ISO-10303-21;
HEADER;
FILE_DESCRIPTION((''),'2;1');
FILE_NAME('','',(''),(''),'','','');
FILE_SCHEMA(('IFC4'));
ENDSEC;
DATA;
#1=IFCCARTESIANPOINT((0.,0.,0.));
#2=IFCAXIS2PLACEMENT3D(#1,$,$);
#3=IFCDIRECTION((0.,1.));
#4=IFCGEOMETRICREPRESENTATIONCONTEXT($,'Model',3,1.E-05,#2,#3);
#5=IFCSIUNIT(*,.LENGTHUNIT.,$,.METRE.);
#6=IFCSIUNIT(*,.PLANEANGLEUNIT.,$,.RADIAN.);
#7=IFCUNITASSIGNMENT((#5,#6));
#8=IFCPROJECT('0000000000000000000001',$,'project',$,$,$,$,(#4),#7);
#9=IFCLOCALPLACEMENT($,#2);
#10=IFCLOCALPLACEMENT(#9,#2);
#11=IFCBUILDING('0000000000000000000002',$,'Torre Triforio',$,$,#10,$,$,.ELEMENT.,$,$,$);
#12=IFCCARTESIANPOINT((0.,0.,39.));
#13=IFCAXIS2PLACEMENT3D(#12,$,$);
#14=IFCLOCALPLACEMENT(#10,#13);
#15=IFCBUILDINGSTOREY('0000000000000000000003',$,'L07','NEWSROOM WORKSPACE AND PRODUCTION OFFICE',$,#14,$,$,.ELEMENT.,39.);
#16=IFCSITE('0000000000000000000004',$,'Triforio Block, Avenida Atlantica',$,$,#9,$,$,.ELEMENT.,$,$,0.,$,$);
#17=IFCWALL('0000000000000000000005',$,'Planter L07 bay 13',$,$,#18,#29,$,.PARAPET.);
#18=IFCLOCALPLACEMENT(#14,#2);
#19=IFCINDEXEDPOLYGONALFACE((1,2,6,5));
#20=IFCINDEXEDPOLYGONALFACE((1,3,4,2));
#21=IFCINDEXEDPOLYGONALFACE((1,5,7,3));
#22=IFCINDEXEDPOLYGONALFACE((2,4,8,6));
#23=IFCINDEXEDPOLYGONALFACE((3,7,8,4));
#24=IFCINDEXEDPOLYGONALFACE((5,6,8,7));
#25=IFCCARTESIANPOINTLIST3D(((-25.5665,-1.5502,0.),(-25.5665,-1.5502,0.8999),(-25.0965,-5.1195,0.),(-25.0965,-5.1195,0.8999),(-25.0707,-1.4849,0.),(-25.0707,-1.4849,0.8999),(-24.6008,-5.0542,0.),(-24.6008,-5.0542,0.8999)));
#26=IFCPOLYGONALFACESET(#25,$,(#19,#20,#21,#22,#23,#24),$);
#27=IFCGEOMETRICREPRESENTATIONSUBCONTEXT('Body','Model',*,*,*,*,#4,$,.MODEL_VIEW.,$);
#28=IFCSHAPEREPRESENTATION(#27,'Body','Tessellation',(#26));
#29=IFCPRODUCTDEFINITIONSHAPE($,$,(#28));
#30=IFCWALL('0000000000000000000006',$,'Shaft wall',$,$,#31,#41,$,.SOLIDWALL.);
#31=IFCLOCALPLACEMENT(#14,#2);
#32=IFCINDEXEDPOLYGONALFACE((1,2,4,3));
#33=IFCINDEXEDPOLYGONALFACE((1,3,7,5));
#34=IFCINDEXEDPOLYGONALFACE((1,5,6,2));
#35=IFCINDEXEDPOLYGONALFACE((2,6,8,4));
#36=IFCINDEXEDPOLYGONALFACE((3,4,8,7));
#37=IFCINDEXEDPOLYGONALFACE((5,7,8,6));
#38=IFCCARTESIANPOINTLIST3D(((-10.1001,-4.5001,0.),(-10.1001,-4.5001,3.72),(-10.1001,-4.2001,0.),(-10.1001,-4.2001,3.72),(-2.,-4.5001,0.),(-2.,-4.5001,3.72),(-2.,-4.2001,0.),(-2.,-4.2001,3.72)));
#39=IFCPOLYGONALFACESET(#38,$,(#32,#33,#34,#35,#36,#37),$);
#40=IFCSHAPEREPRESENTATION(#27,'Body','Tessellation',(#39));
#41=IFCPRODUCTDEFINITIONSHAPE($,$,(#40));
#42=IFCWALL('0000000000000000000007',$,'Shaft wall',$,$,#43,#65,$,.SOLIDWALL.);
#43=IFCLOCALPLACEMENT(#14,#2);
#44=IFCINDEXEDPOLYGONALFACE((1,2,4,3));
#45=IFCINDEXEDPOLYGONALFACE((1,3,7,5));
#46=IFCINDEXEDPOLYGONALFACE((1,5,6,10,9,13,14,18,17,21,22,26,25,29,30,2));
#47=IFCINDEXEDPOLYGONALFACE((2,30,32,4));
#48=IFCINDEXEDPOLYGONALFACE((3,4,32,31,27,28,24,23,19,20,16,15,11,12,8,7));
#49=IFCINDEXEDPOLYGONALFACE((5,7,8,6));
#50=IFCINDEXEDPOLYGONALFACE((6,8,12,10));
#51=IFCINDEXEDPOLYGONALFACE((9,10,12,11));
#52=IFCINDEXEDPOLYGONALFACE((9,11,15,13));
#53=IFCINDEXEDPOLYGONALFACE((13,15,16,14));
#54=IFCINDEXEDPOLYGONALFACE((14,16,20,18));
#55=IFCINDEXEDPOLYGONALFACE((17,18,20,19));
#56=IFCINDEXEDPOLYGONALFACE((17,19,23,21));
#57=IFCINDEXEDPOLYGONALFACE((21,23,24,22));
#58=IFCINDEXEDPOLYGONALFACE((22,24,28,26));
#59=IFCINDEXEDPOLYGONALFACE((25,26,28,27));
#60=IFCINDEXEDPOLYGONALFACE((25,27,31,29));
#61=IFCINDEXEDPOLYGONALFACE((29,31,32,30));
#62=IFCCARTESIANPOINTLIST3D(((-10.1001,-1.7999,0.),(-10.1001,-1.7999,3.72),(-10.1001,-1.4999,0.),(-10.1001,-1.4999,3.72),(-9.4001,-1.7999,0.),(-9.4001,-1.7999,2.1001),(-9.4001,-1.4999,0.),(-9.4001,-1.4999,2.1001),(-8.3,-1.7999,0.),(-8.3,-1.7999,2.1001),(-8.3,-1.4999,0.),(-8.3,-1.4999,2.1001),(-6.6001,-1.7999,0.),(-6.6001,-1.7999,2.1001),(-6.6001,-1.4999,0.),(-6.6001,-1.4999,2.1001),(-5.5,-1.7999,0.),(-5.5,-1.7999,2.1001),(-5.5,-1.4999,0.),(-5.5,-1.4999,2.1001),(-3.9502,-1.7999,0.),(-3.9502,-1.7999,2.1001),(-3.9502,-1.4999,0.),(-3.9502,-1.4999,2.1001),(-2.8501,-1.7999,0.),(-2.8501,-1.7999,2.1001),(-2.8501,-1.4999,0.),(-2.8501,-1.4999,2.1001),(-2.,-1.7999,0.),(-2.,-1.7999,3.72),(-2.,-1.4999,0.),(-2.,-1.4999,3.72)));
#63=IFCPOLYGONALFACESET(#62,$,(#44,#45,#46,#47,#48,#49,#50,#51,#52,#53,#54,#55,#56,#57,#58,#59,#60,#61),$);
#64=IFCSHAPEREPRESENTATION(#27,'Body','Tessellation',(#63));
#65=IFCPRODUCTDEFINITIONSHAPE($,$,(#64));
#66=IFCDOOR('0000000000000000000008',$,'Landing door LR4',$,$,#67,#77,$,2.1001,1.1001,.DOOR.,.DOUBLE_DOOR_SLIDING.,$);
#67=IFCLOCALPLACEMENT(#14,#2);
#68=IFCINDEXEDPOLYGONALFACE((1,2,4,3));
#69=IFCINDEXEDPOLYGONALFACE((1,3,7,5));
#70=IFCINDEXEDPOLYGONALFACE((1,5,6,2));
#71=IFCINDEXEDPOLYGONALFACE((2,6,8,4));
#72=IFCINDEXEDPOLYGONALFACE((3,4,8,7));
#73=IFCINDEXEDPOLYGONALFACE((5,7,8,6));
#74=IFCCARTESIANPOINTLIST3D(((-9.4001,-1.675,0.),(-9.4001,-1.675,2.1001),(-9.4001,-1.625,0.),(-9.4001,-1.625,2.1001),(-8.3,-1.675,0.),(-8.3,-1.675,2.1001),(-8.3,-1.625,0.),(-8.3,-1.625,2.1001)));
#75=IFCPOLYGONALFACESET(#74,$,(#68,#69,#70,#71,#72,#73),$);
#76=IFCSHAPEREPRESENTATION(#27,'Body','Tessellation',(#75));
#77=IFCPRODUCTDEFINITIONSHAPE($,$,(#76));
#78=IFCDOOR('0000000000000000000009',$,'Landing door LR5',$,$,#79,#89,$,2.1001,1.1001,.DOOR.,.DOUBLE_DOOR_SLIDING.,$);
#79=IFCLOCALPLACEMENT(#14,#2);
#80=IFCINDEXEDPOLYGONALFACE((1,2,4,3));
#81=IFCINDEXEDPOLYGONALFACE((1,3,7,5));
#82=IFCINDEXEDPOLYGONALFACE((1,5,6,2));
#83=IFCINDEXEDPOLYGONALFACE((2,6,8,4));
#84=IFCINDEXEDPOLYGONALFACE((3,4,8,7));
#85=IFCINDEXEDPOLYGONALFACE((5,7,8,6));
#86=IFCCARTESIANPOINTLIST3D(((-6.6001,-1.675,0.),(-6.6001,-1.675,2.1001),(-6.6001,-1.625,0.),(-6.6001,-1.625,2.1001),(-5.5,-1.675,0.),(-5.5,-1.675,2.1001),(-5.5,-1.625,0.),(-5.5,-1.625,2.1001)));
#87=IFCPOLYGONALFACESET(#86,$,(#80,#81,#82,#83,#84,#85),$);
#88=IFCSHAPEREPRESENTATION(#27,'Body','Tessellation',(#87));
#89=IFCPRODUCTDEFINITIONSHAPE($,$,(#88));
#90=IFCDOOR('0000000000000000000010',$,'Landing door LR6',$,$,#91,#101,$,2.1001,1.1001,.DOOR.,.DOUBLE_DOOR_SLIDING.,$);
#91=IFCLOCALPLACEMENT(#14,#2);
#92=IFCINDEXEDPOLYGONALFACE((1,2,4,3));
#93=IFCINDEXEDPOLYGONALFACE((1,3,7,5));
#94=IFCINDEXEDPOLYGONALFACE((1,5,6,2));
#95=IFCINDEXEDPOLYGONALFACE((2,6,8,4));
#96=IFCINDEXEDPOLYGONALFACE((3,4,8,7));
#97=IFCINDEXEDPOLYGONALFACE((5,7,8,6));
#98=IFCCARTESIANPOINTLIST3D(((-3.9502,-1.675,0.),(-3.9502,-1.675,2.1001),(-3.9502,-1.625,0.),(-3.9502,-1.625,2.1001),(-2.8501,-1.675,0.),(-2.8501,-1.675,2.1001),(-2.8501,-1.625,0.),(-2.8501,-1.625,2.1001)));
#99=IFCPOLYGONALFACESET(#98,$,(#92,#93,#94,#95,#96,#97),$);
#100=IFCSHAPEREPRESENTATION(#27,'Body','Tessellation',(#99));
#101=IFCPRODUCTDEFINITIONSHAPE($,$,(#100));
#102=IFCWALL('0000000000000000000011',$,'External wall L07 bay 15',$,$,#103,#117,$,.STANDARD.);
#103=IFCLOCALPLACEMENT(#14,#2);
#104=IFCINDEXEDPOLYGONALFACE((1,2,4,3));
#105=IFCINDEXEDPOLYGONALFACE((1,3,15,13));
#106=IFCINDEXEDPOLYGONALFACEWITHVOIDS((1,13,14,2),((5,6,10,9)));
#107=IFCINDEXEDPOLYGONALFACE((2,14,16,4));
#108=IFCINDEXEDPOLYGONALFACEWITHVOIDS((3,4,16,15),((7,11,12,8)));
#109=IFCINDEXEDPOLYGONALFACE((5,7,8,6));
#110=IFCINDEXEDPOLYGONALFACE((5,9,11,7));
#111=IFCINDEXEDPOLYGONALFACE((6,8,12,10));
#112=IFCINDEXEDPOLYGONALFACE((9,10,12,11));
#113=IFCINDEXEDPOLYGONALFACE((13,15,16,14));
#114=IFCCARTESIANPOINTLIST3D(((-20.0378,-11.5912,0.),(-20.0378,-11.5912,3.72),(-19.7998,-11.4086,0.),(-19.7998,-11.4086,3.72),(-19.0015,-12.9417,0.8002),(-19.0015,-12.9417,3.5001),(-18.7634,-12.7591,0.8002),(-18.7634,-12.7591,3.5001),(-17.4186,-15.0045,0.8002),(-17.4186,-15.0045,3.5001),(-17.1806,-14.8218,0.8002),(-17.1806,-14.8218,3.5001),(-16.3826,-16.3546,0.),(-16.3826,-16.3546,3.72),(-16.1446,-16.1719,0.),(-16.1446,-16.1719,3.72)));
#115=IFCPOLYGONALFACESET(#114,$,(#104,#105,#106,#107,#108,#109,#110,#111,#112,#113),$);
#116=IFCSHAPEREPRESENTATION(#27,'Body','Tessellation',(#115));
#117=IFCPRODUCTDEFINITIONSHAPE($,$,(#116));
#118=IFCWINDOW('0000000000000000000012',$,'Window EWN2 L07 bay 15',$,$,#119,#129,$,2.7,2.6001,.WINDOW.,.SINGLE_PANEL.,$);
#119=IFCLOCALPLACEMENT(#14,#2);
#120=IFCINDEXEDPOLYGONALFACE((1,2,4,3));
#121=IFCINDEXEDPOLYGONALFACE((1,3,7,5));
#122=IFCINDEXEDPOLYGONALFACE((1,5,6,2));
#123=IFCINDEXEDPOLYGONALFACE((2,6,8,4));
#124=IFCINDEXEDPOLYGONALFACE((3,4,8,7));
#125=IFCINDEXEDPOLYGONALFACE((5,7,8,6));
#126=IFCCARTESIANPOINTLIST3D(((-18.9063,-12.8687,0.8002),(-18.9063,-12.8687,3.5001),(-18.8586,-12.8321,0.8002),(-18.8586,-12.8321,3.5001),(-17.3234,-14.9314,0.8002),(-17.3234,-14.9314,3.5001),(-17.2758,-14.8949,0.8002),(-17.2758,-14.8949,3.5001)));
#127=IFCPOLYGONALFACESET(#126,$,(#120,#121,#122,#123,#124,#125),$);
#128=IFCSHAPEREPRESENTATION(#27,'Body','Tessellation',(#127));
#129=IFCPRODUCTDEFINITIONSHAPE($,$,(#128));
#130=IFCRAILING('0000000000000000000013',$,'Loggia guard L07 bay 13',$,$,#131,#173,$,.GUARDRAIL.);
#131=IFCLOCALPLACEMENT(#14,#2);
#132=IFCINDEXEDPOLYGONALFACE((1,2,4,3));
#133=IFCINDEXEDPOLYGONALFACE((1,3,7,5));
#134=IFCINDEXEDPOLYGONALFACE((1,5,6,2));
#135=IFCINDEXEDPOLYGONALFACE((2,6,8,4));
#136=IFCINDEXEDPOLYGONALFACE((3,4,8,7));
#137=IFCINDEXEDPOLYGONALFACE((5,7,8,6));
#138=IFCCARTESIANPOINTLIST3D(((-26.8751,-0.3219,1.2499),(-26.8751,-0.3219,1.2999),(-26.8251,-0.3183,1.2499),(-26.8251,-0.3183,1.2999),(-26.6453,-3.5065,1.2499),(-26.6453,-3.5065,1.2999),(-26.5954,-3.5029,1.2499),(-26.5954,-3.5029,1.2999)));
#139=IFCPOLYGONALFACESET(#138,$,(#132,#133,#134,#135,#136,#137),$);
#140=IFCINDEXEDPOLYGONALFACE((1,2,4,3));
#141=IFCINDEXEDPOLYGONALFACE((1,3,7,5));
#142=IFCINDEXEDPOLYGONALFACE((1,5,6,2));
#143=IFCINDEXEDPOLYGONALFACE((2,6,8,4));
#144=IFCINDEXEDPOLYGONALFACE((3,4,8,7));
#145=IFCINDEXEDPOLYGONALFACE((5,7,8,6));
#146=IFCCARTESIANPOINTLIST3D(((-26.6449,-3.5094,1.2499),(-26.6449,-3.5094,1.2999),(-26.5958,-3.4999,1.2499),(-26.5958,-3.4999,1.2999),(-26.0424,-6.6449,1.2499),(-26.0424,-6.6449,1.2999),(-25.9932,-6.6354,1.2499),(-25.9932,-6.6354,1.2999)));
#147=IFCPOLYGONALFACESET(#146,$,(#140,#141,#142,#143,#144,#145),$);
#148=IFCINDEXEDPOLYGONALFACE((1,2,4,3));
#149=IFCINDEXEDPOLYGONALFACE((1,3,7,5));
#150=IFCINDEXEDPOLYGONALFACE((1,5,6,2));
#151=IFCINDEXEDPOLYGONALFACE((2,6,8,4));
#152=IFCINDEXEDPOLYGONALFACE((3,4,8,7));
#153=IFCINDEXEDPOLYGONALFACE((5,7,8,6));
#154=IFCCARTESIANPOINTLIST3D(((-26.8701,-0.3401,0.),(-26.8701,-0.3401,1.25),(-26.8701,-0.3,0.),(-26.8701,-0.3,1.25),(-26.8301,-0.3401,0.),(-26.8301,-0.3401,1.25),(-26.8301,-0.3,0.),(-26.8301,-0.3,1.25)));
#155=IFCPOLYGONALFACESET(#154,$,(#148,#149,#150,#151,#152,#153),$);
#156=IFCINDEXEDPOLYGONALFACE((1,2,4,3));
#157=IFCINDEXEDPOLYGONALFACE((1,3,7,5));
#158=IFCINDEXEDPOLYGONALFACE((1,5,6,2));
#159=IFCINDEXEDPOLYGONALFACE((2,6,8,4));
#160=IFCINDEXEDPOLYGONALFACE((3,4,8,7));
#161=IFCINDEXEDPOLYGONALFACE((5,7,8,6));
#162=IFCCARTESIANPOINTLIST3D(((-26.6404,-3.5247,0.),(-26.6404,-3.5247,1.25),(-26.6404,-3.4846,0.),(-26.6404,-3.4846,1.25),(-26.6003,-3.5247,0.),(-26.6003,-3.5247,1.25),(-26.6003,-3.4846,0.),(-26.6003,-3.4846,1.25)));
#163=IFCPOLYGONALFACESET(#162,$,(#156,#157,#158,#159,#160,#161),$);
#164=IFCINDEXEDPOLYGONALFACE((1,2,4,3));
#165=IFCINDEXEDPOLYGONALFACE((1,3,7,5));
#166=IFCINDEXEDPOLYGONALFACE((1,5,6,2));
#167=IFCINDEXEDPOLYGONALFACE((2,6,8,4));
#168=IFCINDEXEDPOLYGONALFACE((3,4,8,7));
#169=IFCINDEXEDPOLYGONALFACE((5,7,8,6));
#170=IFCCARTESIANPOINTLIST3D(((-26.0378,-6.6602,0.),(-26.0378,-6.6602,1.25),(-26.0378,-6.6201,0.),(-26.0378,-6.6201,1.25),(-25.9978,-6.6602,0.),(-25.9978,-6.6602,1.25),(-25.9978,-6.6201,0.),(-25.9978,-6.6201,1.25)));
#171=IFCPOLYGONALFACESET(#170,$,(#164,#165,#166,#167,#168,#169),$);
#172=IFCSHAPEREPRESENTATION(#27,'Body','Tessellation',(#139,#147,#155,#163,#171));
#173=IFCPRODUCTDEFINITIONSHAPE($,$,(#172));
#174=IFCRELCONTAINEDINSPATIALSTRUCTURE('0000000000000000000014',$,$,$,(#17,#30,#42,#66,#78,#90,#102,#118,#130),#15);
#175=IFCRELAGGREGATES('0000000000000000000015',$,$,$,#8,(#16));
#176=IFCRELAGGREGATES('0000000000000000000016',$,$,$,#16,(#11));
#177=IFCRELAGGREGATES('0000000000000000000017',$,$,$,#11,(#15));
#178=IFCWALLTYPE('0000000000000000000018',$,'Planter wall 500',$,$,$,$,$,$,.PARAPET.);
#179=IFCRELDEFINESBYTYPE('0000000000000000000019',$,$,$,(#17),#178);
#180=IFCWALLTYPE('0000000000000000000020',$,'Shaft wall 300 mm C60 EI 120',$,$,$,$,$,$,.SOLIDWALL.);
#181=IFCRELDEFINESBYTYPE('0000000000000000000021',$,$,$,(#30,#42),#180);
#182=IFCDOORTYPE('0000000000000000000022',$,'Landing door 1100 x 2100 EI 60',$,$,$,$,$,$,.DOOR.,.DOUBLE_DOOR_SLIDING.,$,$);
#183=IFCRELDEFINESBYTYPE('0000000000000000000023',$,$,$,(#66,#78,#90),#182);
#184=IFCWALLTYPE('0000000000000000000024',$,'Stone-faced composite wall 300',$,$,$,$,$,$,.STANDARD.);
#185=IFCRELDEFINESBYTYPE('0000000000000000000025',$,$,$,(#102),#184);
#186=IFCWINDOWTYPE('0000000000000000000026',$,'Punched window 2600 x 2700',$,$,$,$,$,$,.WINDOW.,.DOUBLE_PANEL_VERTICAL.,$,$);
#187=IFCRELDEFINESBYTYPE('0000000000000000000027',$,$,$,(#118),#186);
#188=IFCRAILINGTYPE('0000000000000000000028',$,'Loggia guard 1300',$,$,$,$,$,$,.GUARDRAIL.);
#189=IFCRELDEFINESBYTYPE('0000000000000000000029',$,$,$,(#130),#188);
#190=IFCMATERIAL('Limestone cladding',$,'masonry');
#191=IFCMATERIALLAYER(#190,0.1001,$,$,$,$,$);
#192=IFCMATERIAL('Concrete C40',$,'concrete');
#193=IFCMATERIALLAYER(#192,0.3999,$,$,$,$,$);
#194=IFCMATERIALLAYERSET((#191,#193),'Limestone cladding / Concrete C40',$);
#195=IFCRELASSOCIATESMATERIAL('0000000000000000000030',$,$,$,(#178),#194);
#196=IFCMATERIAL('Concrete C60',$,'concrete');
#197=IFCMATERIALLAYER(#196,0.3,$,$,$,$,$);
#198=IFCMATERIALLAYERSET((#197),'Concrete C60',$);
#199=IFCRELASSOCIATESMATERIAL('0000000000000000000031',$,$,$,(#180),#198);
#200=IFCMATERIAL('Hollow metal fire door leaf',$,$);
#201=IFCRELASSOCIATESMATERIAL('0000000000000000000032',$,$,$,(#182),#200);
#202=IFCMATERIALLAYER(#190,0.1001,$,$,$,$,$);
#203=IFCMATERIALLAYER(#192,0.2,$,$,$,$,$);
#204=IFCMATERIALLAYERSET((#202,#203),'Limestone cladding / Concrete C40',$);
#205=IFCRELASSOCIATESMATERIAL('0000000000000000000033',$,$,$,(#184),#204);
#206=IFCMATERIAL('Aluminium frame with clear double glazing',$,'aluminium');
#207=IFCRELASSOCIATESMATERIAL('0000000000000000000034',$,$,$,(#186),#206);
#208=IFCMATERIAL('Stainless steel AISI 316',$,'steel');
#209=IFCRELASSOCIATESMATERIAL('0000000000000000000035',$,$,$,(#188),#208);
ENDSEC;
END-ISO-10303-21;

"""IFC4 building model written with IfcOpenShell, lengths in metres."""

from ifc_helpers import new_model, si_unit, direction, frame, frame_2d, origin, origin_2d, place, context, subcontext, project, spatial, rectangle, extrude, material, layer, layer_set, type_object, element, fill, save


model = new_model("IFC4")

# Units and contexts
model_context = context("Model", 3, precision=1e-05, world=origin(), true_north=direction((0.0, 1.0)))
body_context = subcontext(model_context, "Body", "Model", "MODEL_VIEW")
ifc_project = project(units=[si_unit("LENGTHUNIT", "METRE"), si_unit("PLANEANGLEUNIT", "RADIAN")], contexts=[model_context])

# Site, building, storey
site_placement = place(None, origin())
site = spatial("IfcSite", under=ifc_project, at=site_placement, Name="Triforio Block, Avenida Atlantica", CompositionType="ELEMENT", RefElevation=0.0)
building_placement = place(site_placement, origin())
building = spatial("IfcBuilding", under=site, at=building_placement, Name="Torre Triforio", CompositionType="ELEMENT")
storey_placement = place(building_placement, frame((0.0, 0.0, 39.0)))
storey = spatial("IfcBuildingStorey", under=building, at=storey_placement, Name="L07", Description="NEWSROOM WORKSPACE AND PRODUCTION OFFICE", CompositionType="ELEMENT", Elevation=39.0)

# Shared definitions
ifc_material_1 = material(Name="Concrete C60", Category="concrete")
ifc_material_2 = material(Name="Hollow metal fire door leaf")

# Walls
ifc_material_3 = material(Name="Limestone cladding", Category="masonry")
ifc_layer_1 = layer(ifc_material_3, 0.1001)
ifc_material_4 = material(Name="Concrete C40", Category="concrete")
ifc_layer_2 = layer(ifc_material_4, 0.3999)
ifc_layer_set_1 = layer_set([ifc_layer_1, ifc_layer_2], Name="Limestone cladding / Concrete C40")
wall_type_1 = type_object("IfcWallType", Name="Planter wall 500", PredefinedType="PARAPET", material=ifc_layer_set_1)
wall_1_placement = place(storey_placement, frame((-25.3186, -1.5176, 0.0), z_axis=(0.0, 0.0, 1.0), x_axis=(0.130542, -0.991443, 0.0)))
element("IfcWall", 1, at=wall_1_placement, inside=storey, type_object=wall_type_1, Name="Planter L07 bay 13", PredefinedType="PARAPET", context=body_context, shape_type="SweptSolid", body=[
    extrude(rectangle(XDim=3.6001, YDim=0.5, at=frame_2d((1.8, 0.0))), origin(), (0.0, 0.0, 1.0), 0.8999),
])
ifc_layer_3 = layer(ifc_material_1, 0.3)
ifc_layer_set_2 = layer_set([ifc_layer_3], Name="Concrete C60")
wall_type_2 = type_object("IfcWallType", Name="Shaft wall 300 mm C60 EI 120", PredefinedType="SOLIDWALL", material=ifc_layer_set_2)
wall_2_placement = place(storey_placement, frame((-10.1001, -4.3501, 0.0), z_axis=(0.0, 0.0, 1.0), x_axis=(1.0, 0.0, 0.0)))
element("IfcWall", 2, at=wall_2_placement, inside=storey, type_object=wall_type_2, Name="Shaft wall", PredefinedType="SOLIDWALL", context=body_context, shape_type="SweptSolid", body=[
    extrude(rectangle(XDim=8.1001, YDim=0.3, at=frame_2d((4.05, 0.0))), origin(), (0.0, 0.0, 1.0), 3.72),
])

# Wall, openings, doors
wall_3_placement = place(storey_placement, frame((-10.1001, -1.6499, 0.0), z_axis=(0.0, 0.0, 1.0), x_axis=(1.0, 0.0, 0.0)))
wall_3 = element("IfcWall", 3, at=wall_3_placement, inside=storey, type_object=wall_type_2, Name="Shaft wall", PredefinedType="SOLIDWALL", context=body_context, shape_type="SweptSolid", body=[
    extrude(rectangle(XDim=8.1001, YDim=0.3, at=frame_2d((4.05, 0.0))), origin(), (0.0, 0.0, 1.0), 3.72),
])
opening_1_placement = place(wall_3_placement, frame((0.7, 0.0, 0.0)))
opening_1 = element("IfcOpeningElement", 4, at=opening_1_placement, cuts=wall_3, PredefinedType="OPENING", context=body_context, shape_type="SweptSolid", body=[
    extrude(rectangle(XDim=1.1001, YDim=2.1001, at=frame_2d((0.55, 1.05))), frame((0.0, 0.1599, 0.0), z_axis=(0.0, -1.0, 0.0), x_axis=(1.0, 0.0, 0.0)), (0.0, 0.0, 1.0), 0.3201),
])
opening_2_placement = place(wall_3_placement, frame((3.5, 0.0, 0.0)))
opening_2 = element("IfcOpeningElement", 5, at=opening_2_placement, cuts=wall_3, PredefinedType="OPENING", context=body_context, shape_type="SweptSolid", body=[
    extrude(rectangle(XDim=1.1001, YDim=2.1001, at=frame_2d((0.55, 1.05))), frame((0.0, 0.1599, 0.0), z_axis=(0.0, -1.0, 0.0), x_axis=(1.0, 0.0, 0.0)), (0.0, 0.0, 1.0), 0.3201),
])
opening_3_placement = place(wall_3_placement, frame((6.1499, 0.0, 0.0)))
opening_3 = element("IfcOpeningElement", 6, at=opening_3_placement, cuts=wall_3, PredefinedType="OPENING", context=body_context, shape_type="SweptSolid", body=[
    extrude(rectangle(XDim=1.1001, YDim=2.1001, at=frame_2d((0.55, 1.05))), frame((0.0, 0.1599, 0.0), z_axis=(0.0, -1.0, 0.0), x_axis=(1.0, 0.0, 0.0)), (0.0, 0.0, 1.0), 0.3201),
])
door_type_1 = type_object("IfcDoorType", Name="Landing door 1100 x 2100 EI 60", OperationType="DOUBLE_DOOR_SLIDING", PredefinedType="DOOR", material=ifc_material_2)
door_1_placement = place(opening_1_placement, origin())
door_1 = element("IfcDoor", 7, at=door_1_placement, inside=storey, type_object=door_type_1, Name="Landing door LR4", OperationType="DOUBLE_DOOR_SLIDING", OverallHeight=2.1001, OverallWidth=1.1001, PredefinedType="DOOR", context=body_context, shape_type="SweptSolid", body=[
    extrude(rectangle(XDim=1.1001, YDim=2.1001, at=frame_2d((0.55, 1.05))), frame((0.0, 0.0249, 0.0), z_axis=(0.0, -1.0, 0.0), x_axis=(1.0, 0.0, 0.0)), (0.0, 0.0, 1.0), 0.05),
])
fill(opening_1, door_1)
door_2_placement = place(opening_2_placement, origin())
door_2 = element("IfcDoor", 8, at=door_2_placement, inside=storey, type_object=door_type_1, Name="Landing door LR5", OperationType="DOUBLE_DOOR_SLIDING", OverallHeight=2.1001, OverallWidth=1.1001, PredefinedType="DOOR", context=body_context, shape_type="SweptSolid", body=[
    extrude(rectangle(XDim=1.1001, YDim=2.1001, at=frame_2d((0.55, 1.05))), frame((0.0, 0.0249, 0.0), z_axis=(0.0, -1.0, 0.0), x_axis=(1.0, 0.0, 0.0)), (0.0, 0.0, 1.0), 0.05),
])
fill(opening_2, door_2)
door_3_placement = place(opening_3_placement, origin())
door_3 = element("IfcDoor", 9, at=door_3_placement, inside=storey, type_object=door_type_1, Name="Landing door LR6", OperationType="DOUBLE_DOOR_SLIDING", OverallHeight=2.1001, OverallWidth=1.1001, PredefinedType="DOOR", context=body_context, shape_type="SweptSolid", body=[
    extrude(rectangle(XDim=1.1001, YDim=2.1001, at=frame_2d((0.55, 1.05))), frame((0.0, 0.0249, 0.0), z_axis=(0.0, -1.0, 0.0), x_axis=(1.0, 0.0, 0.0)), (0.0, 0.0, 1.0), 0.05),
])
fill(opening_3, door_3)

# Shared definitions
ifc_layer_4 = layer(ifc_material_3, 0.1001)
ifc_layer_5 = layer(ifc_material_4, 0.2)
ifc_layer_set_3 = layer_set([ifc_layer_4, ifc_layer_5], Name="Limestone cladding / Concrete C40")
wall_type_3 = type_object("IfcWallType", Name="Stone-faced composite wall 300", PredefinedType="STANDARD", material=ifc_layer_set_3)
ifc_material_5 = material(Name="Aluminium frame with clear double glazing", Category="aluminium")

# Wall, opening, window
wall_4_placement = place(storey_placement, frame((-19.9187, -11.5, 0.0), z_axis=(0.0, 0.0, 1.0), x_axis=(0.608779, -0.79334, 0.0)))
wall_4 = element("IfcWall", 10, at=wall_4_placement, inside=storey, type_object=wall_type_3, Name="External wall L07 bay 15", PredefinedType="STANDARD", context=body_context, shape_type="SweptSolid", body=[
    extrude(rectangle(XDim=6.0042, YDim=0.3, at=frame_2d((3.002, 0.0))), origin(), (0.0, 0.0, 1.0), 3.72),
])
opening_4_placement = place(wall_4_placement, frame((1.7021, 0.0, 0.8)))
opening_4 = element("IfcOpeningElement", 11, at=opening_4_placement, cuts=wall_4, PredefinedType="OPENING", context=body_context, shape_type="SweptSolid", body=[
    extrude(rectangle(XDim=2.6001, YDim=2.7, at=frame_2d((1.3, 1.3501))), frame((0.0, 0.1599, 0.0), z_axis=(0.0, -1.0, 0.0), x_axis=(1.0, 0.0, 0.0)), (0.0, 0.0, 1.0), 0.3201),
])
window_type_1 = type_object("IfcWindowType", Name="Punched window 2600 x 2700", PartitioningType="DOUBLE_PANEL_VERTICAL", PredefinedType="WINDOW", material=ifc_material_5)
window_1_placement = place(opening_4_placement, origin())
window_1 = element("IfcWindow", 12, at=window_1_placement, inside=storey, type_object=window_type_1, Name="Window EWN2 L07 bay 15", OverallHeight=2.7, OverallWidth=2.6001, PartitioningType="SINGLE_PANEL", PredefinedType="WINDOW", context=body_context, shape_type="SweptSolid", body=[
    extrude(rectangle(XDim=2.6001, YDim=2.7, at=frame_2d((1.3, 1.3501))), frame((0.0, 0.03, 0.0), z_axis=(0.0, -1.0, 0.0), x_axis=(1.0, 0.0, 0.0)), (0.0, 0.0, 1.0), 0.0601),
])
fill(opening_4, window_1)

# Railing
ifc_material_6 = material(Name="Stainless steel AISI 316", Category="steel")
railing_type = type_object("IfcRailingType", Name="Loggia guard 1300", PredefinedType="GUARDRAIL", material=ifc_material_6)
railing_1_placement = place(storey_placement, frame((-26.8501, -0.3201, 0.0)))
element("IfcRailing", 13, at=railing_1_placement, inside=storey, type_object=railing_type, Name="Loggia guard L07 bay 13", PredefinedType="GUARDRAIL", context=body_context, shape_type="SweptSolid", body=[
    extrude(rectangle(XDim=0.05, YDim=0.05, at=origin_2d()), frame((0.0, 0.0, 1.2749), z_axis=(0.071953, -0.997408, 0.0), x_axis=(0.997408, 0.071953, 0.0)), (0.0, 0.0, 1.0), 3.1929),
    extrude(rectangle(XDim=0.05, YDim=0.05, at=origin_2d()), frame((0.2297, -3.1846, 1.2749), z_axis=(0.188714, -0.982032, 0.0), x_axis=(0.982032, 0.188714, 0.0)), (0.0, 0.0, 1.0), 3.1929),
    extrude(rectangle(XDim=0.04, YDim=0.04, at=origin_2d()), origin(), (0.0, 0.0, 1.0), 1.25),
    extrude(rectangle(XDim=0.04, YDim=0.04, at=origin_2d()), frame((0.2297, -3.1846, 0.0)), (0.0, 0.0, 1.0), 1.25),
    extrude(rectangle(XDim=0.04, YDim=0.04, at=origin_2d()), frame((0.8323, -6.3201, 0.0)), (0.0, 0.0, 1.0), 1.25),
])

save(model, "model.ifc")
